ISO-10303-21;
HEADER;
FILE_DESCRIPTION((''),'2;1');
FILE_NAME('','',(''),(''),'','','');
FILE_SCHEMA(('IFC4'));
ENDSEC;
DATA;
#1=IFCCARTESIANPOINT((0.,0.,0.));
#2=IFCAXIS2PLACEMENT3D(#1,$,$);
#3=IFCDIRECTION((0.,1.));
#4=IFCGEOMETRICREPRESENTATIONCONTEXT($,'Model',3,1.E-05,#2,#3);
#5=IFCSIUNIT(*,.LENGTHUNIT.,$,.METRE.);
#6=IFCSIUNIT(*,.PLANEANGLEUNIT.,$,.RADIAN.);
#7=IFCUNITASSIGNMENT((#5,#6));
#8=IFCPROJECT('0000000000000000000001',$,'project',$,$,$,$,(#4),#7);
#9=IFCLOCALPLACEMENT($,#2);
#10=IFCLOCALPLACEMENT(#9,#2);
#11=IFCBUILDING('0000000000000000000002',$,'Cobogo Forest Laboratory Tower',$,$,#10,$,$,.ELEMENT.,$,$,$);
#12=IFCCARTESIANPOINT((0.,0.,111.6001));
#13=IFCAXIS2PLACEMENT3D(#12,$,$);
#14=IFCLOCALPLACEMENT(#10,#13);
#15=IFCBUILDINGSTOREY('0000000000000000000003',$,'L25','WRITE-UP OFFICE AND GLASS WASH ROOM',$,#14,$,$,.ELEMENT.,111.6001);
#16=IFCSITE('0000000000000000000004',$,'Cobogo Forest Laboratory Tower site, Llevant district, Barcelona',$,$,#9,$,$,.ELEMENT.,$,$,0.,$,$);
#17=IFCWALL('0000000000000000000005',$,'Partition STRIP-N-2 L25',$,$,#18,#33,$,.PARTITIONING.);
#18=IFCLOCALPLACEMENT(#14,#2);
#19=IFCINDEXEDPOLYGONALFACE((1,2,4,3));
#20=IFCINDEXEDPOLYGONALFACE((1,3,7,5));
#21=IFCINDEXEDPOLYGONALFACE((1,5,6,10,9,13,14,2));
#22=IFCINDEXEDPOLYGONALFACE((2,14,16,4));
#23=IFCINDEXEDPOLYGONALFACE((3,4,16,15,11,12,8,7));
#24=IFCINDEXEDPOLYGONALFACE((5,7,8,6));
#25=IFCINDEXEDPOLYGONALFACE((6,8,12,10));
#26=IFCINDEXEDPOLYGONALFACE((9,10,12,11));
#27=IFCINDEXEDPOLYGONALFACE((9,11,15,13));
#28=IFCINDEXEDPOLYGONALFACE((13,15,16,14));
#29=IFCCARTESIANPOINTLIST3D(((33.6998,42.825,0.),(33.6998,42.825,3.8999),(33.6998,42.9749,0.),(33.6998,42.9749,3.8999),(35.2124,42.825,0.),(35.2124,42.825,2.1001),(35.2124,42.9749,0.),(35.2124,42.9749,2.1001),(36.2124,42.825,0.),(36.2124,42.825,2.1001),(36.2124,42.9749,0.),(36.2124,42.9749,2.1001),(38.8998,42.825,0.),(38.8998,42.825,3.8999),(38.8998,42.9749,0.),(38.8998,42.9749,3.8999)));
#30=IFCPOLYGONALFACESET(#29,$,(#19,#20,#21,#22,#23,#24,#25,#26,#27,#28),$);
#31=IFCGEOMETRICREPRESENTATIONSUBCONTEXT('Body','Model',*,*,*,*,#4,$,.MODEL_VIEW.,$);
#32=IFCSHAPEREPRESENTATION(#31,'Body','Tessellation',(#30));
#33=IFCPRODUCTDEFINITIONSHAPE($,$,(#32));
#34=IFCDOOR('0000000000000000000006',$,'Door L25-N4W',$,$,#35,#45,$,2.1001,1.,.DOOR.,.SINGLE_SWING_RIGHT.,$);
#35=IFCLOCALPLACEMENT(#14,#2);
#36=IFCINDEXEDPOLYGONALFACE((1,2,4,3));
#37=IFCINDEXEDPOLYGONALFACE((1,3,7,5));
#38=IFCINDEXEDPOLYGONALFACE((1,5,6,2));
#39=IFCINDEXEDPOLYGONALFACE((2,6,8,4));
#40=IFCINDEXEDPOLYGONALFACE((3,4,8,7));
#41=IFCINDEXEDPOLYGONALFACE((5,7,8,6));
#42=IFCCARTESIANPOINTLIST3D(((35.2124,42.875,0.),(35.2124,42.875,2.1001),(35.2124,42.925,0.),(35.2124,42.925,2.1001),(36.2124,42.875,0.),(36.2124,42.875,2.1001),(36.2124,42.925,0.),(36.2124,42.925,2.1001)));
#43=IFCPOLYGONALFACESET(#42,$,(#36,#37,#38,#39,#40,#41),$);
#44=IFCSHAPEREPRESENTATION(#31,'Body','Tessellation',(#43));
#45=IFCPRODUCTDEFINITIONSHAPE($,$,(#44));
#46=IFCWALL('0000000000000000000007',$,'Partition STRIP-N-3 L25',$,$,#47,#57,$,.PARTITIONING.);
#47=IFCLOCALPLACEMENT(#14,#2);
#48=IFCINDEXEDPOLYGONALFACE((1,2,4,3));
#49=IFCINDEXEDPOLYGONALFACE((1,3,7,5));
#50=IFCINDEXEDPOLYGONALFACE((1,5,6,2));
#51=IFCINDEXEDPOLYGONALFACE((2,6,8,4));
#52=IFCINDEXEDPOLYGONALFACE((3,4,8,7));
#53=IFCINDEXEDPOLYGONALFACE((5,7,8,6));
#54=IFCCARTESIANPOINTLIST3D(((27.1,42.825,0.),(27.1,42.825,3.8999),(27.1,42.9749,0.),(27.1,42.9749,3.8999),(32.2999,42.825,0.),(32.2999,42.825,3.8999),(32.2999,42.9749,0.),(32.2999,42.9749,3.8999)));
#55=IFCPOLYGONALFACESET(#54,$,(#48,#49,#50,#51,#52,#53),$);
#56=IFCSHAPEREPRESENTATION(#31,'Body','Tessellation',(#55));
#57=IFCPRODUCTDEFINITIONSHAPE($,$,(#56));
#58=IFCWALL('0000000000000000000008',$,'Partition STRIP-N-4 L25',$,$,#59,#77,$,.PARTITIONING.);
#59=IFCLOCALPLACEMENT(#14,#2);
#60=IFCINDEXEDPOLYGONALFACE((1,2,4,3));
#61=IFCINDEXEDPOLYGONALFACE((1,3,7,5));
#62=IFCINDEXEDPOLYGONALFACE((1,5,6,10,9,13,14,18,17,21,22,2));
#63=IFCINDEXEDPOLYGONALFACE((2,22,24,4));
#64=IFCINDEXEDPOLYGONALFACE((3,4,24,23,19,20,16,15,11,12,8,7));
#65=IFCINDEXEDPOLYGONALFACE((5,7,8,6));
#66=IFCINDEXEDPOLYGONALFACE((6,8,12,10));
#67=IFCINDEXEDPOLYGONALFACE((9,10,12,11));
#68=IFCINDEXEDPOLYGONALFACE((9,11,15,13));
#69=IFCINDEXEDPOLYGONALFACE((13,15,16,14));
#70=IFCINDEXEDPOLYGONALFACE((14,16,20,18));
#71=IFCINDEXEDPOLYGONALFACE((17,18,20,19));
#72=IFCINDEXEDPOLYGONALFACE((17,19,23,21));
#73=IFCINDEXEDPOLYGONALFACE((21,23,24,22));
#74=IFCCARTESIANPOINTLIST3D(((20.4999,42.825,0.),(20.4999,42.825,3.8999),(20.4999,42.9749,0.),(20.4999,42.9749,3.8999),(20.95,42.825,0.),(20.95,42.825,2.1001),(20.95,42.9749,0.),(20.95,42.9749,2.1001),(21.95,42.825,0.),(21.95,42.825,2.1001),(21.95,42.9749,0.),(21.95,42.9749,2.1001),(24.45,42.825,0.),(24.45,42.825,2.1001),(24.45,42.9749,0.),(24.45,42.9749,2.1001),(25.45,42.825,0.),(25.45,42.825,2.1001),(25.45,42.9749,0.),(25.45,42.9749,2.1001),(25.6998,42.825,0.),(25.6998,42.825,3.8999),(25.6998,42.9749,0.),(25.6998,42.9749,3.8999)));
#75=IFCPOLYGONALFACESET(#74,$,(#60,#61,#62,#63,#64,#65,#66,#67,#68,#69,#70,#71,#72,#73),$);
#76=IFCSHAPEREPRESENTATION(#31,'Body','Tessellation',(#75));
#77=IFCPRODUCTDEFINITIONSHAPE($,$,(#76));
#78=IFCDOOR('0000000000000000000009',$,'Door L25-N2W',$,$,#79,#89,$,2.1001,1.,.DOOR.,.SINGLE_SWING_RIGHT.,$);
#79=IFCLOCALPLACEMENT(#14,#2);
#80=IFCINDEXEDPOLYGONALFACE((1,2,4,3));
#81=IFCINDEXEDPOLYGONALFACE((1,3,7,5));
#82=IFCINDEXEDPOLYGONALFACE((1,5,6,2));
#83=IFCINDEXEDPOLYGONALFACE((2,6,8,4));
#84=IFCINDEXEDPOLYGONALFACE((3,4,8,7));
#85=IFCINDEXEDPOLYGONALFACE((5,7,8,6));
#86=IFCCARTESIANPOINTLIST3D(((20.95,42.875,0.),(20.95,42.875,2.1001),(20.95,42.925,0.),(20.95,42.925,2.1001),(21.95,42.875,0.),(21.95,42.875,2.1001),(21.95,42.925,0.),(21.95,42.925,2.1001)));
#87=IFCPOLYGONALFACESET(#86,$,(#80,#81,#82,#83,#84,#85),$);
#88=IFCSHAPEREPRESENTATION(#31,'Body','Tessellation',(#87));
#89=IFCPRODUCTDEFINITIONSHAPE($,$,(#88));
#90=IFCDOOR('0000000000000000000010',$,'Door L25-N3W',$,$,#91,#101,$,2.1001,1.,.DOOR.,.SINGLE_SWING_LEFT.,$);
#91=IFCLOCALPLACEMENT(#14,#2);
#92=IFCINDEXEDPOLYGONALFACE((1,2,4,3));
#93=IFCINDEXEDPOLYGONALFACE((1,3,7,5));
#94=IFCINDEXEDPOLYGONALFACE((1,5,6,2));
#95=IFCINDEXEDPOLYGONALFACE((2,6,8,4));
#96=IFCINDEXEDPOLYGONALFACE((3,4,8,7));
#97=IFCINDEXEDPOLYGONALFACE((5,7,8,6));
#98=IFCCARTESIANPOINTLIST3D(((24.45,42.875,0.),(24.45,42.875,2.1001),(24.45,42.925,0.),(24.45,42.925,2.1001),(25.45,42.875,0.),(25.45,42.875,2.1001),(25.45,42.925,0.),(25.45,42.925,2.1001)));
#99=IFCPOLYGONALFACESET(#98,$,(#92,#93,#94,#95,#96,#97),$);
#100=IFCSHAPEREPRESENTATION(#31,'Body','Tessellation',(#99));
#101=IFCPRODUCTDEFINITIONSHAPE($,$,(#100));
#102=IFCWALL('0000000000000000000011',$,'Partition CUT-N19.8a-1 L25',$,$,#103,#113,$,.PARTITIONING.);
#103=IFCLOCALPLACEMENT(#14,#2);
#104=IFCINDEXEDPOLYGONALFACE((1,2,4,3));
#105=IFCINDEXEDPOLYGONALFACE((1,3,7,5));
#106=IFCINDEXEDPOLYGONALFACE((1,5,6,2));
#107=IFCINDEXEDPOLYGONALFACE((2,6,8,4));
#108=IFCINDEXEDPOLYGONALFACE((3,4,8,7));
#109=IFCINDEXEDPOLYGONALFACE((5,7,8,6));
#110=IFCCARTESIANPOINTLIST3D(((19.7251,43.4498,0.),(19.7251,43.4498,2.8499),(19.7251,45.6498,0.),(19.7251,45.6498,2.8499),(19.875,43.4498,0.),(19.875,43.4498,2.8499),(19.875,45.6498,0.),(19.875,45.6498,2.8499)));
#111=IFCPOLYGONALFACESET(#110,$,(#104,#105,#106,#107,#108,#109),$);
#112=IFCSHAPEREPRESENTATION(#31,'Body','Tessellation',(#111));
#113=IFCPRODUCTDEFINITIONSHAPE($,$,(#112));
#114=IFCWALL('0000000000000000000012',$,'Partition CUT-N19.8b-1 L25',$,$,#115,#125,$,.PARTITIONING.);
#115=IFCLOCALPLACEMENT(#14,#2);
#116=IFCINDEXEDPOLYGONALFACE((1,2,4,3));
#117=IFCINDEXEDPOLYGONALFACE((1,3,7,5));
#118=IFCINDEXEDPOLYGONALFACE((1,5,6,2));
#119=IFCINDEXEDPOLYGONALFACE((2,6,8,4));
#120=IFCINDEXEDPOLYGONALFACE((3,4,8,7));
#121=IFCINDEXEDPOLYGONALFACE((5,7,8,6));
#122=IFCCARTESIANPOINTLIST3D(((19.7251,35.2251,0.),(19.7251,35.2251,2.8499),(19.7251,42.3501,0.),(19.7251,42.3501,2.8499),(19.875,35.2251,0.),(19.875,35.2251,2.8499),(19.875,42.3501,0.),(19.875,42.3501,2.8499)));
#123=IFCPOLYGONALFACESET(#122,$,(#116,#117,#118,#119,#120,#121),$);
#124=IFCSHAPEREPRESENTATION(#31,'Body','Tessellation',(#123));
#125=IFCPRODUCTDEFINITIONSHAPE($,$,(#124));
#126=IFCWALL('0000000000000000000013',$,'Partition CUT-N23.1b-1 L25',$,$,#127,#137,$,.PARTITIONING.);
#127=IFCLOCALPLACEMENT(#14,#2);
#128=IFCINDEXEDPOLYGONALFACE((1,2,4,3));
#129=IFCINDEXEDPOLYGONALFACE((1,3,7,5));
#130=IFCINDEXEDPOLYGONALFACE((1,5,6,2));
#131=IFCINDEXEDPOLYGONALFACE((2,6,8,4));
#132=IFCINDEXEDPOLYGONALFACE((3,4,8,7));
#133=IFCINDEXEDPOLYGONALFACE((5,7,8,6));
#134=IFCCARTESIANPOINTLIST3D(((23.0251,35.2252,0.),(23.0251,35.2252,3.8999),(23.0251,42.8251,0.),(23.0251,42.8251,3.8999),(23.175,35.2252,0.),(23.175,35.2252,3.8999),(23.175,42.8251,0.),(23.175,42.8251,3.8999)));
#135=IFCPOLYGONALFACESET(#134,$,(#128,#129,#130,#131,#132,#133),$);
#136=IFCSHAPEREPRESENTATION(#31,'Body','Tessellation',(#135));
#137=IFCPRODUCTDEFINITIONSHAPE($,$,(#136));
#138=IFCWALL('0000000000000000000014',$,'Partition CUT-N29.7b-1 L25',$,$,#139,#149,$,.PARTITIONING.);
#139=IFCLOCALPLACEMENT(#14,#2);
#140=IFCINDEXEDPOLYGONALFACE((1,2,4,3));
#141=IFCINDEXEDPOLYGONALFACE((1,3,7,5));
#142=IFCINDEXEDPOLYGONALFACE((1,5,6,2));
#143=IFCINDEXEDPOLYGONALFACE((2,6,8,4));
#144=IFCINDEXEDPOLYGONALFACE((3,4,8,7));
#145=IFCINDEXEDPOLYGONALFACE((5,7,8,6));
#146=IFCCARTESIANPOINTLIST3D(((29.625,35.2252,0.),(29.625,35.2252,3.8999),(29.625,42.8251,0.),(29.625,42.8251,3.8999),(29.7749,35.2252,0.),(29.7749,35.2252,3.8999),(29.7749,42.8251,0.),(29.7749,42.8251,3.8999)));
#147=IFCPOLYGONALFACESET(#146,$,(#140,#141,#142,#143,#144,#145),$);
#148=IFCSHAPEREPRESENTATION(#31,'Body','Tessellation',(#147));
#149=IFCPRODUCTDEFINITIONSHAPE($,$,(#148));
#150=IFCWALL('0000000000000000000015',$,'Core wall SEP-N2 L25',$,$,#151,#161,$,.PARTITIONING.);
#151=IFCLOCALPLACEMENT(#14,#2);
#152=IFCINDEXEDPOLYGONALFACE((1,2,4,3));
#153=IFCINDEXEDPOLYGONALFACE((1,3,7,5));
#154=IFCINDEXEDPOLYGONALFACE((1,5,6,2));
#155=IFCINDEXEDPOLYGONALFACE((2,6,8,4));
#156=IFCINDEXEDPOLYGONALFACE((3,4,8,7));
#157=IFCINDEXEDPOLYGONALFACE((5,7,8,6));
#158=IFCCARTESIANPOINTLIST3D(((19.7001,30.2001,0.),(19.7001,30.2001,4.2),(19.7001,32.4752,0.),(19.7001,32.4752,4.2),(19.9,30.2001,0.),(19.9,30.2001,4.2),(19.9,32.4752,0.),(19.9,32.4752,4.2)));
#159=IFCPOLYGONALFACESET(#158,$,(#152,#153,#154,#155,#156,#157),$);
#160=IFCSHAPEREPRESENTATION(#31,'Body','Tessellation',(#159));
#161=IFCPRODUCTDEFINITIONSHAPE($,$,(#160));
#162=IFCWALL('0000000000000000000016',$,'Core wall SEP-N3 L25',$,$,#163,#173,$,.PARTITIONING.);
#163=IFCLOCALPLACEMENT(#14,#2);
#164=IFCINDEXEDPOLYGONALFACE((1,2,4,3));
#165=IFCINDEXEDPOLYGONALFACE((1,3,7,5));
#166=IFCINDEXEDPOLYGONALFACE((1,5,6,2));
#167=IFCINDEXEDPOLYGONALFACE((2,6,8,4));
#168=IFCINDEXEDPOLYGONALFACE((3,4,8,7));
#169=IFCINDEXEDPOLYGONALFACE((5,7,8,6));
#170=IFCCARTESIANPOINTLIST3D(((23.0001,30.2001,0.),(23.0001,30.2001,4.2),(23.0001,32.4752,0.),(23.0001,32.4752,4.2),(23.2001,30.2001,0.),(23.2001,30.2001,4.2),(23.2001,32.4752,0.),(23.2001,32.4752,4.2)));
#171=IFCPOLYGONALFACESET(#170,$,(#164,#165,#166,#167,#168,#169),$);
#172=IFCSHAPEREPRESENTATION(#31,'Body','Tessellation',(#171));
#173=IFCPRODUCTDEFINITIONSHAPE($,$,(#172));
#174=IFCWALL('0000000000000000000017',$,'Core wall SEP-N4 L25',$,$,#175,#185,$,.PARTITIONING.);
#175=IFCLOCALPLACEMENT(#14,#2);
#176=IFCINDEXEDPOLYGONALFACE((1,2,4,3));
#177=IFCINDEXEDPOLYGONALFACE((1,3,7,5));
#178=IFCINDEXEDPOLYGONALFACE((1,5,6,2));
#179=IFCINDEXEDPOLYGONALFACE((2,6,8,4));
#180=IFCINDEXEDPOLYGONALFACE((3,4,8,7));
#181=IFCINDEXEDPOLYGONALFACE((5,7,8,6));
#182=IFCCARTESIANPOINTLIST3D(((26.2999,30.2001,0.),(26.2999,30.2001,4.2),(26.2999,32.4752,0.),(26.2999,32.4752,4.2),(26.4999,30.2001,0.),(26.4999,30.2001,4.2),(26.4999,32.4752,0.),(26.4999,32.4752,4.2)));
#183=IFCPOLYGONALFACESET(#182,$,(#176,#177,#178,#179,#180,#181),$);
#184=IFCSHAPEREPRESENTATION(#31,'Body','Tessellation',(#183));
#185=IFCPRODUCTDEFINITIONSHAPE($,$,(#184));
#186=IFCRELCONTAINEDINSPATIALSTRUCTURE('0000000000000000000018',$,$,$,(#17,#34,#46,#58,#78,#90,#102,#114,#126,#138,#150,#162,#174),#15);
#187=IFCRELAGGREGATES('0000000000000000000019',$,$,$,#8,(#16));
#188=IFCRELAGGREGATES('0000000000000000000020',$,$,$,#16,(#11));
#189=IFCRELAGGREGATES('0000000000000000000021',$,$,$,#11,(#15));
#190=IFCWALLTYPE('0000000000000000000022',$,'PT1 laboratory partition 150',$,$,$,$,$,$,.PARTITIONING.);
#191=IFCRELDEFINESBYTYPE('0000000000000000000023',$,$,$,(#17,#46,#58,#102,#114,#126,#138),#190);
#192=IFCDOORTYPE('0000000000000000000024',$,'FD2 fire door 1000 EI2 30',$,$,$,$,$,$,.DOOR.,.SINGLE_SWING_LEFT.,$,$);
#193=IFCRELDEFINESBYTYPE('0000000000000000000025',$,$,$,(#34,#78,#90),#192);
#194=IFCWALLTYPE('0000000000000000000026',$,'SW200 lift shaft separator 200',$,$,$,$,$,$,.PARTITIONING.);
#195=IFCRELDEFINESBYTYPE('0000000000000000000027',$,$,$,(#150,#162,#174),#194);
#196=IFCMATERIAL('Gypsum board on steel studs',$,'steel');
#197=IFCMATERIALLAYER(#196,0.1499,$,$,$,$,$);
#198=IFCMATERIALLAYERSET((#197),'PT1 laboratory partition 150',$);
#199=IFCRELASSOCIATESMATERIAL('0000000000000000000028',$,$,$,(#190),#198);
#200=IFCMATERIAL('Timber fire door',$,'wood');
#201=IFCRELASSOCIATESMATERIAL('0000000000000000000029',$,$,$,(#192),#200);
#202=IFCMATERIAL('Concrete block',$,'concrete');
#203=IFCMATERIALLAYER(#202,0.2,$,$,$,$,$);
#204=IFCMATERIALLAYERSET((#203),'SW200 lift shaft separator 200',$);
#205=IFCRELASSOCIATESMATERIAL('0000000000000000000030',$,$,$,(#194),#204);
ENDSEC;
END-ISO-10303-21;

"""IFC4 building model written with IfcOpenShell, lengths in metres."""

from ifc_helpers import new_model, si_unit, direction, frame, frame_2d, origin, place, context, subcontext, project, spatial, rectangle, extrude, material, layer, layer_set, type_object, element, fill, save


model = new_model("IFC4")

# Units and contexts
model_context = context("Model", 3, precision=1e-05, world=origin(), true_north=direction((0.0, 1.0)))
body_context = subcontext(model_context, "Body", "Model", "MODEL_VIEW")
ifc_project = project(units=[si_unit("LENGTHUNIT", "METRE"), si_unit("PLANEANGLEUNIT", "RADIAN")], contexts=[model_context])

# Site, building, storey
site_placement = place(None, origin())
site = spatial("IfcSite", under=ifc_project, at=site_placement, Name="Cobogo Forest Laboratory Tower site, Llevant district, Barcelona", CompositionType="ELEMENT", RefElevation=0.0)
building_placement = place(site_placement, origin())
building = spatial("IfcBuilding", under=site, at=building_placement, Name="Cobogo Forest Laboratory Tower", CompositionType="ELEMENT")
storey_placement = place(building_placement, frame((0.0, 0.0, 111.6001)))
storey = spatial("IfcBuildingStorey", under=building, at=storey_placement, Name="L25", Description="WRITE-UP OFFICE AND GLASS WASH ROOM", CompositionType="ELEMENT", Elevation=111.6001)

# Wall, opening, door
ifc_material_1 = material(Name="Gypsum board on steel studs", Category="steel")
ifc_layer_1 = layer(ifc_material_1, 0.1499)
ifc_layer_set_1 = layer_set([ifc_layer_1], Name="PT1 laboratory partition 150")
wall_type_1 = type_object("IfcWallType", Name="PT1 laboratory partition 150", PredefinedType="PARTITIONING", material=ifc_layer_set_1)
wall_1_placement = place(storey_placement, frame((38.8999, 42.8999, 0.0), z_axis=(0.0, 0.0, 1.0), x_axis=(-1.0, 0.0, 0.0)))
wall_1 = element("IfcWall", 1, at=wall_1_placement, inside=storey, type_object=wall_type_1, Name="Partition STRIP-N-2 L25", PredefinedType="PARTITIONING", context=body_context, shape_type="SweptSolid", body=[
    extrude(rectangle(XDim=5.2, YDim=0.1499, at=frame_2d((2.6001, 0.0))), origin(), (0.0, 0.0, 1.0), 3.8999),
])
opening_1_placement = place(wall_1_placement, frame((2.6875, 0.0, 0.0)))
opening_1 = element("IfcOpeningElement", 2, at=opening_1_placement, cuts=wall_1, PredefinedType="OPENING", context=body_context, shape_type="SweptSolid", body=[
    extrude(rectangle(XDim=1.0, YDim=2.1001, at=frame_2d((0.5, 1.05))), frame((0.0, 0.085, 0.0), z_axis=(0.0, -1.0, 0.0), x_axis=(1.0, 0.0, 0.0)), (0.0, 0.0, 1.0), 0.1699),
])
ifc_material_2 = material(Name="Timber fire door", Category="wood")
door_type = type_object("IfcDoorType", Name="FD2 fire door 1000 EI2 30", OperationType="SINGLE_SWING_LEFT", PredefinedType="DOOR", material=ifc_material_2)
door_1_placement = place(opening_1_placement, origin())
door_1 = element("IfcDoor", 3, at=door_1_placement, inside=storey, type_object=door_type, Name="Door L25-N4W", OperationType="SINGLE_SWING_RIGHT", OverallHeight=2.1001, OverallWidth=1.0, PredefinedType="DOOR", context=body_context, shape_type="SweptSolid", body=[
    extrude(rectangle(XDim=1.0, YDim=2.1001, at=frame_2d((0.5, 1.05))), frame((0.0, 0.0249, 0.0), z_axis=(0.0, -1.0, 0.0), x_axis=(1.0, 0.0, 0.0)), (0.0, 0.0, 1.0), 0.05),
])
fill(opening_1, door_1)

# Wall
wall_2_placement = place(storey_placement, frame((32.3, 42.8999, 0.0), z_axis=(0.0, 0.0, 1.0), x_axis=(-1.0, 0.0, 0.0)))
element("IfcWall", 4, at=wall_2_placement, inside=storey, type_object=wall_type_1, Name="Partition STRIP-N-3 L25", PredefinedType="PARTITIONING", context=body_context, shape_type="SweptSolid", body=[
    extrude(rectangle(XDim=5.2, YDim=0.1499, at=frame_2d((2.6001, 0.0))), origin(), (0.0, 0.0, 1.0), 3.8999),
])

# Wall, openings, doors
wall_3_placement = place(storey_placement, frame((25.7, 42.8999, 0.0), z_axis=(0.0, 0.0, 1.0), x_axis=(-1.0, 0.0, 0.0)))
wall_3 = element("IfcWall", 5, at=wall_3_placement, inside=storey, type_object=wall_type_1, Name="Partition STRIP-N-4 L25", PredefinedType="PARTITIONING", context=body_context, shape_type="SweptSolid", body=[
    extrude(rectangle(XDim=5.2, YDim=0.1499, at=frame_2d((2.6001, 0.0))), origin(), (0.0, 0.0, 1.0), 3.8999),
])
opening_2_placement = place(wall_3_placement, frame((3.75, 0.0, 0.0)))
opening_2 = element("IfcOpeningElement", 6, at=opening_2_placement, cuts=wall_3, PredefinedType="OPENING", context=body_context, shape_type="SweptSolid", body=[
    extrude(rectangle(XDim=1.0, YDim=2.1001, at=frame_2d((0.5, 1.05))), frame((0.0, 0.085, 0.0), z_axis=(0.0, -1.0, 0.0), x_axis=(1.0, 0.0, 0.0)), (0.0, 0.0, 1.0), 0.1699),
])
opening_3_placement = place(wall_3_placement, frame((0.25, 0.0, 0.0)))
opening_3 = element("IfcOpeningElement", 7, at=opening_3_placement, cuts=wall_3, PredefinedType="OPENING", context=body_context, shape_type="SweptSolid", body=[
    extrude(rectangle(XDim=1.0, YDim=2.1001, at=frame_2d((0.5, 1.05))), frame((0.0, 0.085, 0.0), z_axis=(0.0, -1.0, 0.0), x_axis=(1.0, 0.0, 0.0)), (0.0, 0.0, 1.0), 0.1699),
])
door_2_placement = place(opening_2_placement, origin())
door_2 = element("IfcDoor", 8, at=door_2_placement, inside=storey, type_object=door_type, Name="Door L25-N2W", OperationType="SINGLE_SWING_RIGHT", OverallHeight=2.1001, OverallWidth=1.0, PredefinedType="DOOR", context=body_context, shape_type="SweptSolid", body=[
    extrude(rectangle(XDim=1.0, YDim=2.1001, at=frame_2d((0.5, 1.05))), frame((0.0, 0.0249, 0.0), z_axis=(0.0, -1.0, 0.0), x_axis=(1.0, 0.0, 0.0)), (0.0, 0.0, 1.0), 0.05),
])
fill(opening_2, door_2)
door_3_placement = place(opening_3_placement, origin())
door_3 = element("IfcDoor", 9, at=door_3_placement, inside=storey, type_object=door_type, Name="Door L25-N3W", OperationType="SINGLE_SWING_LEFT", OverallHeight=2.1001, OverallWidth=1.0, PredefinedType="DOOR", context=body_context, shape_type="SweptSolid", body=[
    extrude(rectangle(XDim=1.0, YDim=2.1001, at=frame_2d((0.5, 1.05))), frame((0.0, 0.0249, 0.0), z_axis=(0.0, -1.0, 0.0), x_axis=(1.0, 0.0, 0.0)), (0.0, 0.0, 1.0), 0.05),
])
fill(opening_3, door_3)

# Walls
wall_4_placement = place(storey_placement, frame((19.8, 45.6499, 0.0), z_axis=(0.0, 0.0, 1.0), x_axis=(0.0, -1.0, 0.0)))
element("IfcWall", 10, at=wall_4_placement, inside=storey, type_object=wall_type_1, Name="Partition CUT-N19.8a-1 L25", PredefinedType="PARTITIONING", context=body_context, shape_type="SweptSolid", body=[
    extrude(rectangle(XDim=2.2, YDim=0.1499, at=frame_2d((1.1001, 0.0))), origin(), (0.0, 0.0, 1.0), 2.8499),
])
wall_5_placement = place(storey_placement, frame((19.8, 42.3501, 0.0), z_axis=(0.0, 0.0, 1.0), x_axis=(0.0, -1.0, 0.0)))
element("IfcWall", 11, at=wall_5_placement, inside=storey, type_object=wall_type_1, Name="Partition CUT-N19.8b-1 L25", PredefinedType="PARTITIONING", context=body_context, shape_type="SweptSolid", body=[
    extrude(rectangle(XDim=7.125, YDim=0.1499, at=frame_2d((3.5625, 0.0))), origin(), (0.0, 0.0, 1.0), 2.8499),
])
for number, where, z_axis, x_axis, name in (
    (12, (23.1001, 42.825, 0.0), (0.0, 0.0, 1.0), (0.0, -1.0, 0.0), "Partition CUT-N23.1b-1 L25"),
    (13, (29.7, 42.825, 0.0), (0.0, 0.0, 1.0), (0.0, -1.0, 0.0), "Partition CUT-N29.7b-1 L25"),
):
    element("IfcWall", number, at=place(storey_placement, frame(where, z_axis=z_axis, x_axis=x_axis)), inside=storey, type_object=wall_type_1, Name=name, PredefinedType="PARTITIONING", context=body_context, shape_type="SweptSolid", body=[
        extrude(rectangle(XDim=7.5999, YDim=0.1499, at=frame_2d((3.7998, 0.0))), origin(), (0.0, 0.0, 1.0), 3.8999),
    ])
ifc_material_3 = material(Name="Concrete block", Category="concrete")
ifc_layer_2 = layer(ifc_material_3, 0.2)
ifc_layer_set_2 = layer_set([ifc_layer_2], Name="SW200 lift shaft separator 200")
wall_type_2 = type_object("IfcWallType", Name="SW200 lift shaft separator 200", PredefinedType="PARTITIONING", material=ifc_layer_set_2)
for number, where, z_axis, x_axis, name in (
    (14, (19.8, 30.2, 0.0), (0.0, 0.0, 1.0), (0.0, 1.0, 0.0), "Core wall SEP-N2 L25"),
    (15, (23.1001, 30.2, 0.0), (0.0, 0.0, 1.0), (0.0, 1.0, 0.0), "Core wall SEP-N3 L25"),
    (16, (26.3999, 30.2, 0.0), (0.0, 0.0, 1.0), (0.0, 1.0, 0.0), "Core wall SEP-N4 L25"),
):
    element("IfcWall", number, at=place(storey_placement, frame(where, z_axis=z_axis, x_axis=x_axis)), inside=storey, type_object=wall_type_2, Name=name, PredefinedType="PARTITIONING", context=body_context, shape_type="SweptSolid", body=[
        extrude(rectangle(XDim=2.2751, YDim=0.2, at=frame_2d((1.1377, 0.0))), origin(), (0.0, 0.0, 1.0), 4.2),
    ])

save(model, "model.ifc")
